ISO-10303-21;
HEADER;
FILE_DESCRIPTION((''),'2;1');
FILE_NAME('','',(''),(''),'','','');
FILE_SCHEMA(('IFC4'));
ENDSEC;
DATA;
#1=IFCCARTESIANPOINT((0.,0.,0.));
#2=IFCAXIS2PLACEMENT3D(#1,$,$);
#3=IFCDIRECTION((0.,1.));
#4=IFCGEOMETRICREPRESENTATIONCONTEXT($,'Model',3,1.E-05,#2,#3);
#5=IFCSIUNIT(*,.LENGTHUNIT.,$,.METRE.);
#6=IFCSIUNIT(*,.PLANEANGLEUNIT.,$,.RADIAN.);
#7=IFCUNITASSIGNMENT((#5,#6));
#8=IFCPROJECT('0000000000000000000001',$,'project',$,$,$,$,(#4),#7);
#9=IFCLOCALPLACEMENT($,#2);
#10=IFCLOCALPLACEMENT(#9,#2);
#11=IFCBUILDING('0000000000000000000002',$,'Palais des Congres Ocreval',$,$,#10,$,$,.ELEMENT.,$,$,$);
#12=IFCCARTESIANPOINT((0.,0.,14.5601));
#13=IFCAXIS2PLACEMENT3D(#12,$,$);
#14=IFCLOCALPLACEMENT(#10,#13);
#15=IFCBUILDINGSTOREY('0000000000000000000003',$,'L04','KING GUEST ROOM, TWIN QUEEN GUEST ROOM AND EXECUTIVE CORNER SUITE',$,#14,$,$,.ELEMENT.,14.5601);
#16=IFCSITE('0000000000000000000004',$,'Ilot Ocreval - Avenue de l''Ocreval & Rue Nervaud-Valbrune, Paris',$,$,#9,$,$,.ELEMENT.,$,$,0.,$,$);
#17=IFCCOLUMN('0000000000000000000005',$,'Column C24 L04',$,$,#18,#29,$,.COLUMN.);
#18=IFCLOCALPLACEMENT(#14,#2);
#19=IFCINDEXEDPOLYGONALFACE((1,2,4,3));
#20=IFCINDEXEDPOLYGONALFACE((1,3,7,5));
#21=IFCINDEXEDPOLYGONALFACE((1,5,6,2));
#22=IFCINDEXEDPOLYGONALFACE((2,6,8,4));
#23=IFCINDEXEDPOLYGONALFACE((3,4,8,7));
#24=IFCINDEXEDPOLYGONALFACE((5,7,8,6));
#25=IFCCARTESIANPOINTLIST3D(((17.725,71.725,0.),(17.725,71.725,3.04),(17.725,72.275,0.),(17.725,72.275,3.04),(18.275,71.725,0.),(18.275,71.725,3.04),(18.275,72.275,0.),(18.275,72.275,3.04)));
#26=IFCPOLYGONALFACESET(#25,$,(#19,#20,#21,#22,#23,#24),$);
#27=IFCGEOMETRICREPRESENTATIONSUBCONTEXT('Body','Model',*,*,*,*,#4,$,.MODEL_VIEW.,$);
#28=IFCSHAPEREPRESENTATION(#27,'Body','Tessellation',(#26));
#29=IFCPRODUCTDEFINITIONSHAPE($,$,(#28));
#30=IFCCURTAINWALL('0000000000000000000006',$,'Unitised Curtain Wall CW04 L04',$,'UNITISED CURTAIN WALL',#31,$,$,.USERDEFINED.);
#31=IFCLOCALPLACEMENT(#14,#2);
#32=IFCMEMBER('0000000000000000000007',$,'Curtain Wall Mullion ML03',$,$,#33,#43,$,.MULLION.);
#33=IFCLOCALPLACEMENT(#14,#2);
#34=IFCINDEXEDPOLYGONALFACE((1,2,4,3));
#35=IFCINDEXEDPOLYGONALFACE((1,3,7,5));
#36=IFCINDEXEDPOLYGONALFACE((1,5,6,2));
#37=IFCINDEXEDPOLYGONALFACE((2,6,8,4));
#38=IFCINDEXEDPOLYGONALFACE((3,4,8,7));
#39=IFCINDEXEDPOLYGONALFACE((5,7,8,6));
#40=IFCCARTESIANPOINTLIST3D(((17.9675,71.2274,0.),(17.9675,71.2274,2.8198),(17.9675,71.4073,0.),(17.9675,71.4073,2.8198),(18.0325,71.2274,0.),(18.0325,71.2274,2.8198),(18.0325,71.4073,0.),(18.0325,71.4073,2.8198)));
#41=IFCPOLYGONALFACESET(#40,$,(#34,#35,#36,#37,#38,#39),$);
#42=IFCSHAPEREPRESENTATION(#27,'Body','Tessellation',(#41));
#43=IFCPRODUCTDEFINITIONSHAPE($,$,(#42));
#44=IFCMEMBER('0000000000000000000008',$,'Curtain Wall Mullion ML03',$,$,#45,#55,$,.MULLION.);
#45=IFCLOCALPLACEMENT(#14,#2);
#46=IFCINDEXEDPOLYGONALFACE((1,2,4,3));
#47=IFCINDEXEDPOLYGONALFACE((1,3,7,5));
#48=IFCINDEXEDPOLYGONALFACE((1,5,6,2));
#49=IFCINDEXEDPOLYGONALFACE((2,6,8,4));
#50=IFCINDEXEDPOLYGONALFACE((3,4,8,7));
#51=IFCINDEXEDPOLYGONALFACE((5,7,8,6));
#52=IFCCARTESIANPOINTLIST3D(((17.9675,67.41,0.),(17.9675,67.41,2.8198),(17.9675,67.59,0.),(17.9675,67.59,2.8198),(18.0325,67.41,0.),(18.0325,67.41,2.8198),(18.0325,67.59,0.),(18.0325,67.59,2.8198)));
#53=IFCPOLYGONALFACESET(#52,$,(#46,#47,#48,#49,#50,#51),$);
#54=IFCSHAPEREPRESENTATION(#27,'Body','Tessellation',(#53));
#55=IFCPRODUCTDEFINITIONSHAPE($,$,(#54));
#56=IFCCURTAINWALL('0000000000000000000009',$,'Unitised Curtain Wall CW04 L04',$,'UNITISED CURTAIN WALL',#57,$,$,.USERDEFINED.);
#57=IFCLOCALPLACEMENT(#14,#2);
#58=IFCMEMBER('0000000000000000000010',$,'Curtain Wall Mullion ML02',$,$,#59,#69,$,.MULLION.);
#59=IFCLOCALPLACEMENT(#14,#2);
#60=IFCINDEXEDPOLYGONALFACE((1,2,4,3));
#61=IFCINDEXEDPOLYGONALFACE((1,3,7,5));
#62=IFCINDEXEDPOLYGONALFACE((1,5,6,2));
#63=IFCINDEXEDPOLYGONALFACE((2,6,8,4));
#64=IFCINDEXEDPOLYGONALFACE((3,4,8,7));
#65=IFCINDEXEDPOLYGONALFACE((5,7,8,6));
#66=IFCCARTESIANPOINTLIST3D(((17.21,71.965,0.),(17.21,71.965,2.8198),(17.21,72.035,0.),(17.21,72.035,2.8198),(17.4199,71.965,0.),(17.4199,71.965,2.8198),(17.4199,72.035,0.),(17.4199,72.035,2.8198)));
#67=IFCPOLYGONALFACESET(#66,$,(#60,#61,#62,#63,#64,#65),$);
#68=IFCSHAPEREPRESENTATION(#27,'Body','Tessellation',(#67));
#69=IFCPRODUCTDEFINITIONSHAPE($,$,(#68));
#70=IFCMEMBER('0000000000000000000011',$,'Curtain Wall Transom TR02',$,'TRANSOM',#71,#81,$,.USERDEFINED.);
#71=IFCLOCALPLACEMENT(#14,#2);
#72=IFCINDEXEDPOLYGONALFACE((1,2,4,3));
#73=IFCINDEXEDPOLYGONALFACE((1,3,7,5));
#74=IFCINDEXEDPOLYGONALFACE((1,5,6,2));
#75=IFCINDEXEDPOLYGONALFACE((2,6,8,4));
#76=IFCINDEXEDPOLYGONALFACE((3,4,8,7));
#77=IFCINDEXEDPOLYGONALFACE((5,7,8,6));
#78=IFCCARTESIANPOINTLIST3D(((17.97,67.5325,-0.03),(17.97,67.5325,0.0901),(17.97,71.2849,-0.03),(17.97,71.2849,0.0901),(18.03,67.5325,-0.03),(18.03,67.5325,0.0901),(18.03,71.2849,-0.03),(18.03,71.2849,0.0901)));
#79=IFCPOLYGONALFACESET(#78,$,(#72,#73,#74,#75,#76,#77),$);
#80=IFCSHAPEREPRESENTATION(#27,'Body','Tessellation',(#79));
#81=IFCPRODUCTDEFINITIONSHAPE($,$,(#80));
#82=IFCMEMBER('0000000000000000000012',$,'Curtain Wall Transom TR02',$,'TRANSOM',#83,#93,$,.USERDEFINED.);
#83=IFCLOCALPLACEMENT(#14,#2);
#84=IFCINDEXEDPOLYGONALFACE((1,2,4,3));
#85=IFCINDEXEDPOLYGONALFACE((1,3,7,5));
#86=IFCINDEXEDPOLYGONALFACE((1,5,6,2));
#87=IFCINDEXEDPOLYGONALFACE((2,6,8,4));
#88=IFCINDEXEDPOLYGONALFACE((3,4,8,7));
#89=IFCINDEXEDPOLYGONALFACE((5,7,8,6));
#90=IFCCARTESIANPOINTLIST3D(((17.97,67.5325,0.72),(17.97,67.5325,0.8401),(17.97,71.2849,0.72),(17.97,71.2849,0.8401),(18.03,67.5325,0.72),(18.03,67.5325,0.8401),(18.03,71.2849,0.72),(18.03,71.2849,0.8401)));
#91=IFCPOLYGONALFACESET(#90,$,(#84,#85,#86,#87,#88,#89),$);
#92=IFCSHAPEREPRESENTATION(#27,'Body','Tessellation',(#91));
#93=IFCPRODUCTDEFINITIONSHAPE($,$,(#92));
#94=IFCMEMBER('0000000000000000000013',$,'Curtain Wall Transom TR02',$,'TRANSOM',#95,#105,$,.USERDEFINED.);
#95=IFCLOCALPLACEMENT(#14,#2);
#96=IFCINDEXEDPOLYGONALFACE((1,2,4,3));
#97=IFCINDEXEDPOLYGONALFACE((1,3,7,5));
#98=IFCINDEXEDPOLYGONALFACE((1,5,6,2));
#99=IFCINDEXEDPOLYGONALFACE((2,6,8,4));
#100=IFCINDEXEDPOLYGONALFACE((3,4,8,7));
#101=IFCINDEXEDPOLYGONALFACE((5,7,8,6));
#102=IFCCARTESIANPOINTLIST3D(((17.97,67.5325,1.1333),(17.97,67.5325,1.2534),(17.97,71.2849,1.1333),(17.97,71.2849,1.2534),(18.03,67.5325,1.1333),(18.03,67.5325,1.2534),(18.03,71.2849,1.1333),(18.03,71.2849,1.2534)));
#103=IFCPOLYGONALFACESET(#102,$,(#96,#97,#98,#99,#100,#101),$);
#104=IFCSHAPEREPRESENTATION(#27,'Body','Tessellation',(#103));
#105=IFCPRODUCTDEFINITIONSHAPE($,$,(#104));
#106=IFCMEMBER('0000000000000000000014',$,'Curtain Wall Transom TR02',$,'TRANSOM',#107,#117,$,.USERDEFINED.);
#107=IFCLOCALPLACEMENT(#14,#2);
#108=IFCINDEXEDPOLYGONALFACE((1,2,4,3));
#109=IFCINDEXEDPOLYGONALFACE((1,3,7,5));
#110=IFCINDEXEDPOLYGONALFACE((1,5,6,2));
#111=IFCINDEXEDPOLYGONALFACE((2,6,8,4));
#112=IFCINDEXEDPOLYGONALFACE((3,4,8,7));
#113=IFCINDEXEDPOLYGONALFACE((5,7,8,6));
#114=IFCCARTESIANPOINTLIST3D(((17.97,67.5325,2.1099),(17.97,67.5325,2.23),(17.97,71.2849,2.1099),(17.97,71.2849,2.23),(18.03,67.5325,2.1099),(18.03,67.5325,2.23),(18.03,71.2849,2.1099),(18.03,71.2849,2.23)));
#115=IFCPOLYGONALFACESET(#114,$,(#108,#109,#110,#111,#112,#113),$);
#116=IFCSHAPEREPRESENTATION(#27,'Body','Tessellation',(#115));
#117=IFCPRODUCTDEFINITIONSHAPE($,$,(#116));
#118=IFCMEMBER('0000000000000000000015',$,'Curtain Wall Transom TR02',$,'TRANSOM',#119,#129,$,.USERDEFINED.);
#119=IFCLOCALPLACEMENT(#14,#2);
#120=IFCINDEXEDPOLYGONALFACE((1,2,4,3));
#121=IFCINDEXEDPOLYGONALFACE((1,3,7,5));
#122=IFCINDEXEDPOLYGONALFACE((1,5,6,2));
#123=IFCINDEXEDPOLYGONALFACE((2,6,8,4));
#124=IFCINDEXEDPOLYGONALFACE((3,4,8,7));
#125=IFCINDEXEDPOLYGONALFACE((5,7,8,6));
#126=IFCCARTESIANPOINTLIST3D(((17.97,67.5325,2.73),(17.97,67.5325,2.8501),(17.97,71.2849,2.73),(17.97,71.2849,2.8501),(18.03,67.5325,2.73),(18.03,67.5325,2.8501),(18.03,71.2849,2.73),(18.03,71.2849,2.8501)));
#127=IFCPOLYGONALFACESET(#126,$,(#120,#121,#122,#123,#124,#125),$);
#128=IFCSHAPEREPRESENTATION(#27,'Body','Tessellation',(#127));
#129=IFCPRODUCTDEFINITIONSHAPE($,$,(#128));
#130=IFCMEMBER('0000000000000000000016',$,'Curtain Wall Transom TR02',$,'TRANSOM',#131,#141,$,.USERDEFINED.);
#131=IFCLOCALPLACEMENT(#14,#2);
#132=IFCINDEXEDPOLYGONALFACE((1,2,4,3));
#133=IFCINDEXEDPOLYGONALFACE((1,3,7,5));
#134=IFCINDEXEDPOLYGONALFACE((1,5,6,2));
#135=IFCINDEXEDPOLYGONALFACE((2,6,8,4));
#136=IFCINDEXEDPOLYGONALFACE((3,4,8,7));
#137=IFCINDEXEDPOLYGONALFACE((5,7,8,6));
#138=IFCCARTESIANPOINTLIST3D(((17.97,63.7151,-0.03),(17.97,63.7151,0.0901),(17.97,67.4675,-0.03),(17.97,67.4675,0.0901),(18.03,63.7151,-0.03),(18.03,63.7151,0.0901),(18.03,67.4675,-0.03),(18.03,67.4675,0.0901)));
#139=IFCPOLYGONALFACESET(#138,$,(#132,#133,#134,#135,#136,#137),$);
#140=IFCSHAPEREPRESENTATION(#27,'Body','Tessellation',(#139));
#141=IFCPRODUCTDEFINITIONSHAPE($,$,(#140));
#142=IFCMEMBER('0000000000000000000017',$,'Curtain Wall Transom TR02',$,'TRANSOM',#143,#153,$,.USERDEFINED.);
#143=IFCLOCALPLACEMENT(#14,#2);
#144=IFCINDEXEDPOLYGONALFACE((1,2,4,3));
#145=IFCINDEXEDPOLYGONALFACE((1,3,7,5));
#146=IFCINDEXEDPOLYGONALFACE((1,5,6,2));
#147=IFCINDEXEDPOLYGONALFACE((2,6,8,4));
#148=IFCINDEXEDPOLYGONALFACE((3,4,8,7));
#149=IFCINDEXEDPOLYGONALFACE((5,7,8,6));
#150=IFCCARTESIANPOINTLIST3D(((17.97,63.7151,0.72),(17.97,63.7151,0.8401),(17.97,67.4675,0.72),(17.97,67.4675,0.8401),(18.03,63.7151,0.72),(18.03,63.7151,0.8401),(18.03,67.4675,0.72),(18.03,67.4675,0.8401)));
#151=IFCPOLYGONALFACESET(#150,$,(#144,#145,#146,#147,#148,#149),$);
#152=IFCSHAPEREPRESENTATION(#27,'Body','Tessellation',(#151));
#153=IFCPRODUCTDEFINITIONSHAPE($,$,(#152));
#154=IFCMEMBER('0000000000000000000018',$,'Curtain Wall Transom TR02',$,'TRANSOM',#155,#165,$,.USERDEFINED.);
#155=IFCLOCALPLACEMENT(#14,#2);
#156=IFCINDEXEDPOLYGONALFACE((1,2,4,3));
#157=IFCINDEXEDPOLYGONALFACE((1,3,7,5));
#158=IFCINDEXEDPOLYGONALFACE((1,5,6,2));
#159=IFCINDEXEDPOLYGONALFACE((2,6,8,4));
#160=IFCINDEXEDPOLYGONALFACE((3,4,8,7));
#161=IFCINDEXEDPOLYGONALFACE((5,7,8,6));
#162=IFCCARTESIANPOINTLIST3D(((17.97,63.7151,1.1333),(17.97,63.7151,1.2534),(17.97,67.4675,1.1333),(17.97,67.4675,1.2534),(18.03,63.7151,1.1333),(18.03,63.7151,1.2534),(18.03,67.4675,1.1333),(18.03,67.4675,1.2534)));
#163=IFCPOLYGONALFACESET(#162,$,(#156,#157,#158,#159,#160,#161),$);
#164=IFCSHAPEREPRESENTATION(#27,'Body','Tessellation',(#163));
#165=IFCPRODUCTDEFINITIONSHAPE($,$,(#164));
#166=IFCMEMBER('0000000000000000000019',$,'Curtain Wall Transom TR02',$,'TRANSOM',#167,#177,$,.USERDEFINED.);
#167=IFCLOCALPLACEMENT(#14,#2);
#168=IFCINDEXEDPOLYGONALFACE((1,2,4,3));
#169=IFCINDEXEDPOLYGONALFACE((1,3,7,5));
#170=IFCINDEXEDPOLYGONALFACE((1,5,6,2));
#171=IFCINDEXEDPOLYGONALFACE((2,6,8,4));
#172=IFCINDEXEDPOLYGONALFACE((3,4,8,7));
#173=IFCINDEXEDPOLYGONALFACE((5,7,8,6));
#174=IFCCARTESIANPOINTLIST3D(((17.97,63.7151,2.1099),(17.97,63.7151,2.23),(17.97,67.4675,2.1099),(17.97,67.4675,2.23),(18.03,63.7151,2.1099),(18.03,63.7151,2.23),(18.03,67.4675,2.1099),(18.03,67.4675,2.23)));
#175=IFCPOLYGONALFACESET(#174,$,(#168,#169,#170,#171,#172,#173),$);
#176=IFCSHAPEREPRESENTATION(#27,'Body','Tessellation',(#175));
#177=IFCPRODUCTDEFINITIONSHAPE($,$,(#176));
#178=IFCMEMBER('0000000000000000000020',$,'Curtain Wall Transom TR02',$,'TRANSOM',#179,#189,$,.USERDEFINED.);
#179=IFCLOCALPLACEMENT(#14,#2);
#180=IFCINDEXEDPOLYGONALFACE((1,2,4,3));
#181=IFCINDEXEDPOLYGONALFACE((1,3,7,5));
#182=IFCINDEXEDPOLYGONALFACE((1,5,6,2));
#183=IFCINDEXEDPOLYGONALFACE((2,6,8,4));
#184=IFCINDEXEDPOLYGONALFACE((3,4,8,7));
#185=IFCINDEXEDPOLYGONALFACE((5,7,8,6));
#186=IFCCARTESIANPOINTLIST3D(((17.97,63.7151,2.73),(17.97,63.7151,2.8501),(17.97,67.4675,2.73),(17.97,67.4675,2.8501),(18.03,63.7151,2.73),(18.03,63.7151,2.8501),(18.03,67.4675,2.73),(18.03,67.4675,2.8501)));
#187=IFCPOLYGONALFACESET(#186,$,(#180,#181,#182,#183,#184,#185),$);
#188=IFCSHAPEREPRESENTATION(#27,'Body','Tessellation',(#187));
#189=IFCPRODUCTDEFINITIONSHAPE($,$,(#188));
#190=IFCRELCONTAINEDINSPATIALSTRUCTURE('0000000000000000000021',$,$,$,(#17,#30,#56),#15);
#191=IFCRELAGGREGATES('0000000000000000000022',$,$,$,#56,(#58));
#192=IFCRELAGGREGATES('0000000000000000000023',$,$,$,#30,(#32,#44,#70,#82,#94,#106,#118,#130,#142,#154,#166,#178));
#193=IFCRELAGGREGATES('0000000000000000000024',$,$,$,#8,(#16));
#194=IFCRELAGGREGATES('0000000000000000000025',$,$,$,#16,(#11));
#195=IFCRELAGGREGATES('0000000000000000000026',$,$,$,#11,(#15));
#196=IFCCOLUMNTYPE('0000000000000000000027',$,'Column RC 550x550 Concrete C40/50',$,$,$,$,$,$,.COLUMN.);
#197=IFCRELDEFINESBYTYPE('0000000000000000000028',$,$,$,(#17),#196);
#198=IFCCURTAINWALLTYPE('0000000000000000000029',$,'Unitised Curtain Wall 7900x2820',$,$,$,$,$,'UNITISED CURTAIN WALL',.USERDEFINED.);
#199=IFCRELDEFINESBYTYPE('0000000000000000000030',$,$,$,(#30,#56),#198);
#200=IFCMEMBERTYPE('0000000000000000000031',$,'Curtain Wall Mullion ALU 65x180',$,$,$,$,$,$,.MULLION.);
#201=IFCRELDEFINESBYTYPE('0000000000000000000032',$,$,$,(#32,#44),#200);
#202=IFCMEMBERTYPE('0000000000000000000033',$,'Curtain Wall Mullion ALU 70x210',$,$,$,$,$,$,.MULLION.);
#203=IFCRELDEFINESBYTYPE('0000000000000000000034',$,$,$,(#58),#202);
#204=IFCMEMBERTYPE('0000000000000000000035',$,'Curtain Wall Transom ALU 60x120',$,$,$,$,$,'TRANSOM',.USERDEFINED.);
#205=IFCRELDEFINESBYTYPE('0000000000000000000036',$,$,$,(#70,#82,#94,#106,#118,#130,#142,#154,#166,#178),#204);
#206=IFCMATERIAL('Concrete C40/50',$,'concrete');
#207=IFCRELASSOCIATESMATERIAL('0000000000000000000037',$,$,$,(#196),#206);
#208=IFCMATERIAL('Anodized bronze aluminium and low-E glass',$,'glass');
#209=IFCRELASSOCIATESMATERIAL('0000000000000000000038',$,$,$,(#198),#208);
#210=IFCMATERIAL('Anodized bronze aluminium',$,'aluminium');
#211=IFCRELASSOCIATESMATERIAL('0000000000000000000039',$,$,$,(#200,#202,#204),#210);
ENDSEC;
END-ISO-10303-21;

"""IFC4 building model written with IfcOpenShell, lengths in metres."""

from ifc_helpers import new_model, si_unit, direction, frame, origin, origin_2d, place, context, subcontext, project, spatial, rectangle, extrude, material, material_profile, profile_set, type_object, element, aggregate, save


model = new_model("IFC4")

# Units and contexts
model_context = context("Model", 3, precision=1e-05, world=origin(), true_north=direction((0.0, 1.0)))
body_context = subcontext(model_context, "Body", "Model", "MODEL_VIEW")
ifc_project = project(units=[si_unit("LENGTHUNIT", "METRE"), si_unit("PLANEANGLEUNIT", "RADIAN")], contexts=[model_context])

# Site, building, storey
site_placement = place(None, origin())
site = spatial("IfcSite", under=ifc_project, at=site_placement, Name="Ilot Ocreval - Avenue de l'Ocreval & Rue Nervaud-Valbrune, Paris", CompositionType="ELEMENT", RefElevation=0.0)
building_placement = place(site_placement, origin())
building = spatial("IfcBuilding", under=site, at=building_placement, Name="Palais des Congres Ocreval", CompositionType="ELEMENT")
storey_placement = place(building_placement, frame((0.0, 0.0, 14.5601)))
storey = spatial("IfcBuildingStorey", under=building, at=storey_placement, Name="L04", Description="KING GUEST ROOM, TWIN QUEEN GUEST ROOM AND EXECUTIVE CORNER SUITE", CompositionType="ELEMENT", Elevation=14.5601)

# Column
ifc_material_1 = material(Name="Concrete C40/50", Category="concrete")
ifc_material_profile_1 = material_profile(ifc_material_1, rectangle(XDim=0.55, YDim=0.55, at=origin_2d()), Name="RC 550x550")
ifc_profile_set_1 = profile_set([ifc_material_profile_1], Name="Concrete C40/50")
column_type = type_object("IfcColumnType", Name="Column RC 550x550 Concrete C40/50", PredefinedType="COLUMN", material=ifc_profile_set_1)
column_placement = place(storey_placement, frame((18.0, 72.0, 0.0), z_axis=(0.0, 0.0, 1.0), x_axis=(1.0, 0.0, 0.0)))
element("IfcColumn", 1, at=column_placement, inside=storey, type_object=column_type, Name="Column C24 L04", PredefinedType="COLUMN", context=body_context, shape_type="SweptSolid", body=[
    extrude(rectangle(XDim=0.55, YDim=0.55, at=origin_2d()), origin(), (0.0, 0.0, 1.0), 3.04),
])

# Curtain wall, members
ifc_material_2 = material(Name="Anodized bronze aluminium and low-E glass", Category="glass")
curtain_wall_type = type_object("IfcCurtainWallType", Name="Unitised Curtain Wall 7900x2820", ElementType="UNITISED CURTAIN WALL", PredefinedType="USERDEFINED", material=ifc_material_2)
curtain_wall_1_placement = place(storey_placement, origin())
curtain_wall_1 = element("IfcCurtainWall", 2, at=curtain_wall_1_placement, inside=storey, type_object=curtain_wall_type, Name="Unitised Curtain Wall CW04 L04", ObjectType="UNITISED CURTAIN WALL", PredefinedType="USERDEFINED")
ifc_material_3 = material(Name="Anodized bronze aluminium", Category="aluminium")
ifc_material_profile_2 = material_profile(ifc_material_3, rectangle(XDim=0.0649, YDim=0.1799, at=origin_2d()), Name="ALU 65x180")
ifc_profile_set_2 = profile_set([ifc_material_profile_2], Name="Anodized bronze aluminium")
member_type_1 = type_object("IfcMemberType", Name="Curtain Wall Mullion ALU 65x180", PredefinedType="MULLION", material=ifc_profile_set_2)
member_1_placement = place(storey_placement, frame((18.0, 71.3174, 0.0), z_axis=(0.0, 0.0, 1.0), x_axis=(1.0, 0.0, 0.0)))
member_1 = element("IfcMember", 3, at=member_1_placement, type_object=member_type_1, Name="Curtain Wall Mullion ML03", PredefinedType="MULLION", context=body_context, shape_type="SweptSolid", body=[
    extrude(rectangle(XDim=0.0649, YDim=0.1799, at=origin_2d()), origin(), (0.0, 0.0, 1.0), 2.8198),
])
member_2_placement = place(storey_placement, frame((18.0, 67.5, 0.0), z_axis=(0.0, 0.0, 1.0), x_axis=(1.0, 0.0, 0.0)))
member_2 = element("IfcMember", 4, at=member_2_placement, type_object=member_type_1, Name="Curtain Wall Mullion ML03", PredefinedType="MULLION", context=body_context, shape_type="SweptSolid", body=[
    extrude(rectangle(XDim=0.0649, YDim=0.1799, at=origin_2d()), origin(), (0.0, 0.0, 1.0), 2.8198),
])

# Curtain wall, member
curtain_wall_2_placement = place(storey_placement, origin())
curtain_wall_2 = element("IfcCurtainWall", 5, at=curtain_wall_2_placement, inside=storey, type_object=curtain_wall_type, Name="Unitised Curtain Wall CW04 L04", ObjectType="UNITISED CURTAIN WALL", PredefinedType="USERDEFINED")
ifc_material_profile_3 = material_profile(ifc_material_3, rectangle(XDim=0.0701, YDim=0.21, at=origin_2d()), Name="ALU 70x210")
ifc_profile_set_3 = profile_set([ifc_material_profile_3], Name="Anodized bronze aluminium")
member_type_2 = type_object("IfcMemberType", Name="Curtain Wall Mullion ALU 70x210", PredefinedType="MULLION", material=ifc_profile_set_3)
member_3_placement = place(storey_placement, frame((17.3149, 72.0, 0.0), z_axis=(0.0, 0.0, 1.0), x_axis=(0.0, 1.0, 0.0)))
member_3 = element("IfcMember", 6, at=member_3_placement, type_object=member_type_2, Name="Curtain Wall Mullion ML02", PredefinedType="MULLION", context=body_context, shape_type="SweptSolid", body=[
    extrude(rectangle(XDim=0.0701, YDim=0.21, at=origin_2d()), origin(), (0.0, 0.0, 1.0), 2.8198),
])

# Members
ifc_material_profile_4 = material_profile(ifc_material_3, rectangle(XDim=0.0601, YDim=0.1201, at=origin_2d()), Name="ALU 60x120")
ifc_profile_set_4 = profile_set([ifc_material_profile_4], Name="Anodized bronze aluminium")
member_type_3 = type_object("IfcMemberType", Name="Curtain Wall Transom ALU 60x120", ElementType="TRANSOM", PredefinedType="USERDEFINED", material=ifc_profile_set_4)
member_4_placement = place(storey_placement, frame((18.0, 71.2849, 0.03), z_axis=(0.0, -1.0, 0.0), x_axis=(1.0, 0.0, 0.0)))
member_4 = element("IfcMember", 7, at=member_4_placement, type_object=member_type_3, Name="Curtain Wall Transom TR02", ObjectType="TRANSOM", PredefinedType="USERDEFINED", context=body_context, shape_type="SweptSolid", body=[
    extrude(rectangle(XDim=0.0601, YDim=0.1201, at=origin_2d()), origin(), (0.0, 0.0, 1.0), 3.7524),
])
member_5_placement = place(storey_placement, frame((18.0, 71.2849, 0.78), z_axis=(0.0, -1.0, 0.0), x_axis=(1.0, 0.0, 0.0)))
member_5 = element("IfcMember", 8, at=member_5_placement, type_object=member_type_3, Name="Curtain Wall Transom TR02", ObjectType="TRANSOM", PredefinedType="USERDEFINED", context=body_context, shape_type="SweptSolid", body=[
    extrude(rectangle(XDim=0.0601, YDim=0.1201, at=origin_2d()), origin(), (0.0, 0.0, 1.0), 3.7524),
])
member_6_placement = place(storey_placement, frame((18.0, 71.2849, 1.1934), z_axis=(0.0, -1.0, 0.0), x_axis=(1.0, 0.0, 0.0)))
member_6 = element("IfcMember", 9, at=member_6_placement, type_object=member_type_3, Name="Curtain Wall Transom TR02", ObjectType="TRANSOM", PredefinedType="USERDEFINED", context=body_context, shape_type="SweptSolid", body=[
    extrude(rectangle(XDim=0.0601, YDim=0.1201, at=origin_2d()), origin(), (0.0, 0.0, 1.0), 3.7524),
])
member_7_placement = place(storey_placement, frame((18.0, 71.2849, 2.1699), z_axis=(0.0, -1.0, 0.0), x_axis=(1.0, 0.0, 0.0)))
member_7 = element("IfcMember", 10, at=member_7_placement, type_object=member_type_3, Name="Curtain Wall Transom TR02", ObjectType="TRANSOM", PredefinedType="USERDEFINED", context=body_context, shape_type="SweptSolid", body=[
    extrude(rectangle(XDim=0.0601, YDim=0.1201, at=origin_2d()), origin(), (0.0, 0.0, 1.0), 3.7524),
])
member_8_placement = place(storey_placement, frame((18.0, 71.2849, 2.79), z_axis=(0.0, -1.0, 0.0), x_axis=(1.0, 0.0, 0.0)))
member_8 = element("IfcMember", 11, at=member_8_placement, type_object=member_type_3, Name="Curtain Wall Transom TR02", ObjectType="TRANSOM", PredefinedType="USERDEFINED", context=body_context, shape_type="SweptSolid", body=[
    extrude(rectangle(XDim=0.0601, YDim=0.1201, at=origin_2d()), origin(), (0.0, 0.0, 1.0), 3.7524),
])
member_9_placement = place(storey_placement, frame((18.0, 67.4675, 0.03), z_axis=(0.0, -1.0, 0.0), x_axis=(1.0, 0.0, 0.0)))
member_9 = element("IfcMember", 12, at=member_9_placement, type_object=member_type_3, Name="Curtain Wall Transom TR02", ObjectType="TRANSOM", PredefinedType="USERDEFINED", context=body_context, shape_type="SweptSolid", body=[
    extrude(rectangle(XDim=0.0601, YDim=0.1201, at=origin_2d()), origin(), (0.0, 0.0, 1.0), 3.7524),
])
member_10_placement = place(storey_placement, frame((18.0, 67.4675, 0.78), z_axis=(0.0, -1.0, 0.0), x_axis=(1.0, 0.0, 0.0)))
member_10 = element("IfcMember", 13, at=member_10_placement, type_object=member_type_3, Name="Curtain Wall Transom TR02", ObjectType="TRANSOM", PredefinedType="USERDEFINED", context=body_context, shape_type="SweptSolid", body=[
    extrude(rectangle(XDim=0.0601, YDim=0.1201, at=origin_2d()), origin(), (0.0, 0.0, 1.0), 3.7524),
])
member_11_placement = place(storey_placement, frame((18.0, 67.4675, 1.1934), z_axis=(0.0, -1.0, 0.0), x_axis=(1.0, 0.0, 0.0)))
member_11 = element("IfcMember", 14, at=member_11_placement, type_object=member_type_3, Name="Curtain Wall Transom TR02", ObjectType="TRANSOM", PredefinedType="USERDEFINED", context=body_context, shape_type="SweptSolid", body=[
    extrude(rectangle(XDim=0.0601, YDim=0.1201, at=origin_2d()), origin(), (0.0, 0.0, 1.0), 3.7524),
])
member_12_placement = place(storey_placement, frame((18.0, 67.4675, 2.1699), z_axis=(0.0, -1.0, 0.0), x_axis=(1.0, 0.0, 0.0)))
member_12 = element("IfcMember", 15, at=member_12_placement, type_object=member_type_3, Name="Curtain Wall Transom TR02", ObjectType="TRANSOM", PredefinedType="USERDEFINED", context=body_context, shape_type="SweptSolid", body=[
    extrude(rectangle(XDim=0.0601, YDim=0.1201, at=origin_2d()), origin(), (0.0, 0.0, 1.0), 3.7524),
])
member_13_placement = place(storey_placement, frame((18.0, 67.4675, 2.79), z_axis=(0.0, -1.0, 0.0), x_axis=(1.0, 0.0, 0.0)))
member_13 = element("IfcMember", 16, at=member_13_placement, type_object=member_type_3, Name="Curtain Wall Transom TR02", ObjectType="TRANSOM", PredefinedType="USERDEFINED", context=body_context, shape_type="SweptSolid", body=[
    extrude(rectangle(XDim=0.0601, YDim=0.1201, at=origin_2d()), origin(), (0.0, 0.0, 1.0), 3.7524),
])

aggregate(curtain_wall_2, [member_3])
aggregate(curtain_wall_1, [member_1, member_2, member_4, member_5, member_6, member_7, member_8, member_9, member_10, member_11, member_12, member_13])

save(model, "model.ifc")
